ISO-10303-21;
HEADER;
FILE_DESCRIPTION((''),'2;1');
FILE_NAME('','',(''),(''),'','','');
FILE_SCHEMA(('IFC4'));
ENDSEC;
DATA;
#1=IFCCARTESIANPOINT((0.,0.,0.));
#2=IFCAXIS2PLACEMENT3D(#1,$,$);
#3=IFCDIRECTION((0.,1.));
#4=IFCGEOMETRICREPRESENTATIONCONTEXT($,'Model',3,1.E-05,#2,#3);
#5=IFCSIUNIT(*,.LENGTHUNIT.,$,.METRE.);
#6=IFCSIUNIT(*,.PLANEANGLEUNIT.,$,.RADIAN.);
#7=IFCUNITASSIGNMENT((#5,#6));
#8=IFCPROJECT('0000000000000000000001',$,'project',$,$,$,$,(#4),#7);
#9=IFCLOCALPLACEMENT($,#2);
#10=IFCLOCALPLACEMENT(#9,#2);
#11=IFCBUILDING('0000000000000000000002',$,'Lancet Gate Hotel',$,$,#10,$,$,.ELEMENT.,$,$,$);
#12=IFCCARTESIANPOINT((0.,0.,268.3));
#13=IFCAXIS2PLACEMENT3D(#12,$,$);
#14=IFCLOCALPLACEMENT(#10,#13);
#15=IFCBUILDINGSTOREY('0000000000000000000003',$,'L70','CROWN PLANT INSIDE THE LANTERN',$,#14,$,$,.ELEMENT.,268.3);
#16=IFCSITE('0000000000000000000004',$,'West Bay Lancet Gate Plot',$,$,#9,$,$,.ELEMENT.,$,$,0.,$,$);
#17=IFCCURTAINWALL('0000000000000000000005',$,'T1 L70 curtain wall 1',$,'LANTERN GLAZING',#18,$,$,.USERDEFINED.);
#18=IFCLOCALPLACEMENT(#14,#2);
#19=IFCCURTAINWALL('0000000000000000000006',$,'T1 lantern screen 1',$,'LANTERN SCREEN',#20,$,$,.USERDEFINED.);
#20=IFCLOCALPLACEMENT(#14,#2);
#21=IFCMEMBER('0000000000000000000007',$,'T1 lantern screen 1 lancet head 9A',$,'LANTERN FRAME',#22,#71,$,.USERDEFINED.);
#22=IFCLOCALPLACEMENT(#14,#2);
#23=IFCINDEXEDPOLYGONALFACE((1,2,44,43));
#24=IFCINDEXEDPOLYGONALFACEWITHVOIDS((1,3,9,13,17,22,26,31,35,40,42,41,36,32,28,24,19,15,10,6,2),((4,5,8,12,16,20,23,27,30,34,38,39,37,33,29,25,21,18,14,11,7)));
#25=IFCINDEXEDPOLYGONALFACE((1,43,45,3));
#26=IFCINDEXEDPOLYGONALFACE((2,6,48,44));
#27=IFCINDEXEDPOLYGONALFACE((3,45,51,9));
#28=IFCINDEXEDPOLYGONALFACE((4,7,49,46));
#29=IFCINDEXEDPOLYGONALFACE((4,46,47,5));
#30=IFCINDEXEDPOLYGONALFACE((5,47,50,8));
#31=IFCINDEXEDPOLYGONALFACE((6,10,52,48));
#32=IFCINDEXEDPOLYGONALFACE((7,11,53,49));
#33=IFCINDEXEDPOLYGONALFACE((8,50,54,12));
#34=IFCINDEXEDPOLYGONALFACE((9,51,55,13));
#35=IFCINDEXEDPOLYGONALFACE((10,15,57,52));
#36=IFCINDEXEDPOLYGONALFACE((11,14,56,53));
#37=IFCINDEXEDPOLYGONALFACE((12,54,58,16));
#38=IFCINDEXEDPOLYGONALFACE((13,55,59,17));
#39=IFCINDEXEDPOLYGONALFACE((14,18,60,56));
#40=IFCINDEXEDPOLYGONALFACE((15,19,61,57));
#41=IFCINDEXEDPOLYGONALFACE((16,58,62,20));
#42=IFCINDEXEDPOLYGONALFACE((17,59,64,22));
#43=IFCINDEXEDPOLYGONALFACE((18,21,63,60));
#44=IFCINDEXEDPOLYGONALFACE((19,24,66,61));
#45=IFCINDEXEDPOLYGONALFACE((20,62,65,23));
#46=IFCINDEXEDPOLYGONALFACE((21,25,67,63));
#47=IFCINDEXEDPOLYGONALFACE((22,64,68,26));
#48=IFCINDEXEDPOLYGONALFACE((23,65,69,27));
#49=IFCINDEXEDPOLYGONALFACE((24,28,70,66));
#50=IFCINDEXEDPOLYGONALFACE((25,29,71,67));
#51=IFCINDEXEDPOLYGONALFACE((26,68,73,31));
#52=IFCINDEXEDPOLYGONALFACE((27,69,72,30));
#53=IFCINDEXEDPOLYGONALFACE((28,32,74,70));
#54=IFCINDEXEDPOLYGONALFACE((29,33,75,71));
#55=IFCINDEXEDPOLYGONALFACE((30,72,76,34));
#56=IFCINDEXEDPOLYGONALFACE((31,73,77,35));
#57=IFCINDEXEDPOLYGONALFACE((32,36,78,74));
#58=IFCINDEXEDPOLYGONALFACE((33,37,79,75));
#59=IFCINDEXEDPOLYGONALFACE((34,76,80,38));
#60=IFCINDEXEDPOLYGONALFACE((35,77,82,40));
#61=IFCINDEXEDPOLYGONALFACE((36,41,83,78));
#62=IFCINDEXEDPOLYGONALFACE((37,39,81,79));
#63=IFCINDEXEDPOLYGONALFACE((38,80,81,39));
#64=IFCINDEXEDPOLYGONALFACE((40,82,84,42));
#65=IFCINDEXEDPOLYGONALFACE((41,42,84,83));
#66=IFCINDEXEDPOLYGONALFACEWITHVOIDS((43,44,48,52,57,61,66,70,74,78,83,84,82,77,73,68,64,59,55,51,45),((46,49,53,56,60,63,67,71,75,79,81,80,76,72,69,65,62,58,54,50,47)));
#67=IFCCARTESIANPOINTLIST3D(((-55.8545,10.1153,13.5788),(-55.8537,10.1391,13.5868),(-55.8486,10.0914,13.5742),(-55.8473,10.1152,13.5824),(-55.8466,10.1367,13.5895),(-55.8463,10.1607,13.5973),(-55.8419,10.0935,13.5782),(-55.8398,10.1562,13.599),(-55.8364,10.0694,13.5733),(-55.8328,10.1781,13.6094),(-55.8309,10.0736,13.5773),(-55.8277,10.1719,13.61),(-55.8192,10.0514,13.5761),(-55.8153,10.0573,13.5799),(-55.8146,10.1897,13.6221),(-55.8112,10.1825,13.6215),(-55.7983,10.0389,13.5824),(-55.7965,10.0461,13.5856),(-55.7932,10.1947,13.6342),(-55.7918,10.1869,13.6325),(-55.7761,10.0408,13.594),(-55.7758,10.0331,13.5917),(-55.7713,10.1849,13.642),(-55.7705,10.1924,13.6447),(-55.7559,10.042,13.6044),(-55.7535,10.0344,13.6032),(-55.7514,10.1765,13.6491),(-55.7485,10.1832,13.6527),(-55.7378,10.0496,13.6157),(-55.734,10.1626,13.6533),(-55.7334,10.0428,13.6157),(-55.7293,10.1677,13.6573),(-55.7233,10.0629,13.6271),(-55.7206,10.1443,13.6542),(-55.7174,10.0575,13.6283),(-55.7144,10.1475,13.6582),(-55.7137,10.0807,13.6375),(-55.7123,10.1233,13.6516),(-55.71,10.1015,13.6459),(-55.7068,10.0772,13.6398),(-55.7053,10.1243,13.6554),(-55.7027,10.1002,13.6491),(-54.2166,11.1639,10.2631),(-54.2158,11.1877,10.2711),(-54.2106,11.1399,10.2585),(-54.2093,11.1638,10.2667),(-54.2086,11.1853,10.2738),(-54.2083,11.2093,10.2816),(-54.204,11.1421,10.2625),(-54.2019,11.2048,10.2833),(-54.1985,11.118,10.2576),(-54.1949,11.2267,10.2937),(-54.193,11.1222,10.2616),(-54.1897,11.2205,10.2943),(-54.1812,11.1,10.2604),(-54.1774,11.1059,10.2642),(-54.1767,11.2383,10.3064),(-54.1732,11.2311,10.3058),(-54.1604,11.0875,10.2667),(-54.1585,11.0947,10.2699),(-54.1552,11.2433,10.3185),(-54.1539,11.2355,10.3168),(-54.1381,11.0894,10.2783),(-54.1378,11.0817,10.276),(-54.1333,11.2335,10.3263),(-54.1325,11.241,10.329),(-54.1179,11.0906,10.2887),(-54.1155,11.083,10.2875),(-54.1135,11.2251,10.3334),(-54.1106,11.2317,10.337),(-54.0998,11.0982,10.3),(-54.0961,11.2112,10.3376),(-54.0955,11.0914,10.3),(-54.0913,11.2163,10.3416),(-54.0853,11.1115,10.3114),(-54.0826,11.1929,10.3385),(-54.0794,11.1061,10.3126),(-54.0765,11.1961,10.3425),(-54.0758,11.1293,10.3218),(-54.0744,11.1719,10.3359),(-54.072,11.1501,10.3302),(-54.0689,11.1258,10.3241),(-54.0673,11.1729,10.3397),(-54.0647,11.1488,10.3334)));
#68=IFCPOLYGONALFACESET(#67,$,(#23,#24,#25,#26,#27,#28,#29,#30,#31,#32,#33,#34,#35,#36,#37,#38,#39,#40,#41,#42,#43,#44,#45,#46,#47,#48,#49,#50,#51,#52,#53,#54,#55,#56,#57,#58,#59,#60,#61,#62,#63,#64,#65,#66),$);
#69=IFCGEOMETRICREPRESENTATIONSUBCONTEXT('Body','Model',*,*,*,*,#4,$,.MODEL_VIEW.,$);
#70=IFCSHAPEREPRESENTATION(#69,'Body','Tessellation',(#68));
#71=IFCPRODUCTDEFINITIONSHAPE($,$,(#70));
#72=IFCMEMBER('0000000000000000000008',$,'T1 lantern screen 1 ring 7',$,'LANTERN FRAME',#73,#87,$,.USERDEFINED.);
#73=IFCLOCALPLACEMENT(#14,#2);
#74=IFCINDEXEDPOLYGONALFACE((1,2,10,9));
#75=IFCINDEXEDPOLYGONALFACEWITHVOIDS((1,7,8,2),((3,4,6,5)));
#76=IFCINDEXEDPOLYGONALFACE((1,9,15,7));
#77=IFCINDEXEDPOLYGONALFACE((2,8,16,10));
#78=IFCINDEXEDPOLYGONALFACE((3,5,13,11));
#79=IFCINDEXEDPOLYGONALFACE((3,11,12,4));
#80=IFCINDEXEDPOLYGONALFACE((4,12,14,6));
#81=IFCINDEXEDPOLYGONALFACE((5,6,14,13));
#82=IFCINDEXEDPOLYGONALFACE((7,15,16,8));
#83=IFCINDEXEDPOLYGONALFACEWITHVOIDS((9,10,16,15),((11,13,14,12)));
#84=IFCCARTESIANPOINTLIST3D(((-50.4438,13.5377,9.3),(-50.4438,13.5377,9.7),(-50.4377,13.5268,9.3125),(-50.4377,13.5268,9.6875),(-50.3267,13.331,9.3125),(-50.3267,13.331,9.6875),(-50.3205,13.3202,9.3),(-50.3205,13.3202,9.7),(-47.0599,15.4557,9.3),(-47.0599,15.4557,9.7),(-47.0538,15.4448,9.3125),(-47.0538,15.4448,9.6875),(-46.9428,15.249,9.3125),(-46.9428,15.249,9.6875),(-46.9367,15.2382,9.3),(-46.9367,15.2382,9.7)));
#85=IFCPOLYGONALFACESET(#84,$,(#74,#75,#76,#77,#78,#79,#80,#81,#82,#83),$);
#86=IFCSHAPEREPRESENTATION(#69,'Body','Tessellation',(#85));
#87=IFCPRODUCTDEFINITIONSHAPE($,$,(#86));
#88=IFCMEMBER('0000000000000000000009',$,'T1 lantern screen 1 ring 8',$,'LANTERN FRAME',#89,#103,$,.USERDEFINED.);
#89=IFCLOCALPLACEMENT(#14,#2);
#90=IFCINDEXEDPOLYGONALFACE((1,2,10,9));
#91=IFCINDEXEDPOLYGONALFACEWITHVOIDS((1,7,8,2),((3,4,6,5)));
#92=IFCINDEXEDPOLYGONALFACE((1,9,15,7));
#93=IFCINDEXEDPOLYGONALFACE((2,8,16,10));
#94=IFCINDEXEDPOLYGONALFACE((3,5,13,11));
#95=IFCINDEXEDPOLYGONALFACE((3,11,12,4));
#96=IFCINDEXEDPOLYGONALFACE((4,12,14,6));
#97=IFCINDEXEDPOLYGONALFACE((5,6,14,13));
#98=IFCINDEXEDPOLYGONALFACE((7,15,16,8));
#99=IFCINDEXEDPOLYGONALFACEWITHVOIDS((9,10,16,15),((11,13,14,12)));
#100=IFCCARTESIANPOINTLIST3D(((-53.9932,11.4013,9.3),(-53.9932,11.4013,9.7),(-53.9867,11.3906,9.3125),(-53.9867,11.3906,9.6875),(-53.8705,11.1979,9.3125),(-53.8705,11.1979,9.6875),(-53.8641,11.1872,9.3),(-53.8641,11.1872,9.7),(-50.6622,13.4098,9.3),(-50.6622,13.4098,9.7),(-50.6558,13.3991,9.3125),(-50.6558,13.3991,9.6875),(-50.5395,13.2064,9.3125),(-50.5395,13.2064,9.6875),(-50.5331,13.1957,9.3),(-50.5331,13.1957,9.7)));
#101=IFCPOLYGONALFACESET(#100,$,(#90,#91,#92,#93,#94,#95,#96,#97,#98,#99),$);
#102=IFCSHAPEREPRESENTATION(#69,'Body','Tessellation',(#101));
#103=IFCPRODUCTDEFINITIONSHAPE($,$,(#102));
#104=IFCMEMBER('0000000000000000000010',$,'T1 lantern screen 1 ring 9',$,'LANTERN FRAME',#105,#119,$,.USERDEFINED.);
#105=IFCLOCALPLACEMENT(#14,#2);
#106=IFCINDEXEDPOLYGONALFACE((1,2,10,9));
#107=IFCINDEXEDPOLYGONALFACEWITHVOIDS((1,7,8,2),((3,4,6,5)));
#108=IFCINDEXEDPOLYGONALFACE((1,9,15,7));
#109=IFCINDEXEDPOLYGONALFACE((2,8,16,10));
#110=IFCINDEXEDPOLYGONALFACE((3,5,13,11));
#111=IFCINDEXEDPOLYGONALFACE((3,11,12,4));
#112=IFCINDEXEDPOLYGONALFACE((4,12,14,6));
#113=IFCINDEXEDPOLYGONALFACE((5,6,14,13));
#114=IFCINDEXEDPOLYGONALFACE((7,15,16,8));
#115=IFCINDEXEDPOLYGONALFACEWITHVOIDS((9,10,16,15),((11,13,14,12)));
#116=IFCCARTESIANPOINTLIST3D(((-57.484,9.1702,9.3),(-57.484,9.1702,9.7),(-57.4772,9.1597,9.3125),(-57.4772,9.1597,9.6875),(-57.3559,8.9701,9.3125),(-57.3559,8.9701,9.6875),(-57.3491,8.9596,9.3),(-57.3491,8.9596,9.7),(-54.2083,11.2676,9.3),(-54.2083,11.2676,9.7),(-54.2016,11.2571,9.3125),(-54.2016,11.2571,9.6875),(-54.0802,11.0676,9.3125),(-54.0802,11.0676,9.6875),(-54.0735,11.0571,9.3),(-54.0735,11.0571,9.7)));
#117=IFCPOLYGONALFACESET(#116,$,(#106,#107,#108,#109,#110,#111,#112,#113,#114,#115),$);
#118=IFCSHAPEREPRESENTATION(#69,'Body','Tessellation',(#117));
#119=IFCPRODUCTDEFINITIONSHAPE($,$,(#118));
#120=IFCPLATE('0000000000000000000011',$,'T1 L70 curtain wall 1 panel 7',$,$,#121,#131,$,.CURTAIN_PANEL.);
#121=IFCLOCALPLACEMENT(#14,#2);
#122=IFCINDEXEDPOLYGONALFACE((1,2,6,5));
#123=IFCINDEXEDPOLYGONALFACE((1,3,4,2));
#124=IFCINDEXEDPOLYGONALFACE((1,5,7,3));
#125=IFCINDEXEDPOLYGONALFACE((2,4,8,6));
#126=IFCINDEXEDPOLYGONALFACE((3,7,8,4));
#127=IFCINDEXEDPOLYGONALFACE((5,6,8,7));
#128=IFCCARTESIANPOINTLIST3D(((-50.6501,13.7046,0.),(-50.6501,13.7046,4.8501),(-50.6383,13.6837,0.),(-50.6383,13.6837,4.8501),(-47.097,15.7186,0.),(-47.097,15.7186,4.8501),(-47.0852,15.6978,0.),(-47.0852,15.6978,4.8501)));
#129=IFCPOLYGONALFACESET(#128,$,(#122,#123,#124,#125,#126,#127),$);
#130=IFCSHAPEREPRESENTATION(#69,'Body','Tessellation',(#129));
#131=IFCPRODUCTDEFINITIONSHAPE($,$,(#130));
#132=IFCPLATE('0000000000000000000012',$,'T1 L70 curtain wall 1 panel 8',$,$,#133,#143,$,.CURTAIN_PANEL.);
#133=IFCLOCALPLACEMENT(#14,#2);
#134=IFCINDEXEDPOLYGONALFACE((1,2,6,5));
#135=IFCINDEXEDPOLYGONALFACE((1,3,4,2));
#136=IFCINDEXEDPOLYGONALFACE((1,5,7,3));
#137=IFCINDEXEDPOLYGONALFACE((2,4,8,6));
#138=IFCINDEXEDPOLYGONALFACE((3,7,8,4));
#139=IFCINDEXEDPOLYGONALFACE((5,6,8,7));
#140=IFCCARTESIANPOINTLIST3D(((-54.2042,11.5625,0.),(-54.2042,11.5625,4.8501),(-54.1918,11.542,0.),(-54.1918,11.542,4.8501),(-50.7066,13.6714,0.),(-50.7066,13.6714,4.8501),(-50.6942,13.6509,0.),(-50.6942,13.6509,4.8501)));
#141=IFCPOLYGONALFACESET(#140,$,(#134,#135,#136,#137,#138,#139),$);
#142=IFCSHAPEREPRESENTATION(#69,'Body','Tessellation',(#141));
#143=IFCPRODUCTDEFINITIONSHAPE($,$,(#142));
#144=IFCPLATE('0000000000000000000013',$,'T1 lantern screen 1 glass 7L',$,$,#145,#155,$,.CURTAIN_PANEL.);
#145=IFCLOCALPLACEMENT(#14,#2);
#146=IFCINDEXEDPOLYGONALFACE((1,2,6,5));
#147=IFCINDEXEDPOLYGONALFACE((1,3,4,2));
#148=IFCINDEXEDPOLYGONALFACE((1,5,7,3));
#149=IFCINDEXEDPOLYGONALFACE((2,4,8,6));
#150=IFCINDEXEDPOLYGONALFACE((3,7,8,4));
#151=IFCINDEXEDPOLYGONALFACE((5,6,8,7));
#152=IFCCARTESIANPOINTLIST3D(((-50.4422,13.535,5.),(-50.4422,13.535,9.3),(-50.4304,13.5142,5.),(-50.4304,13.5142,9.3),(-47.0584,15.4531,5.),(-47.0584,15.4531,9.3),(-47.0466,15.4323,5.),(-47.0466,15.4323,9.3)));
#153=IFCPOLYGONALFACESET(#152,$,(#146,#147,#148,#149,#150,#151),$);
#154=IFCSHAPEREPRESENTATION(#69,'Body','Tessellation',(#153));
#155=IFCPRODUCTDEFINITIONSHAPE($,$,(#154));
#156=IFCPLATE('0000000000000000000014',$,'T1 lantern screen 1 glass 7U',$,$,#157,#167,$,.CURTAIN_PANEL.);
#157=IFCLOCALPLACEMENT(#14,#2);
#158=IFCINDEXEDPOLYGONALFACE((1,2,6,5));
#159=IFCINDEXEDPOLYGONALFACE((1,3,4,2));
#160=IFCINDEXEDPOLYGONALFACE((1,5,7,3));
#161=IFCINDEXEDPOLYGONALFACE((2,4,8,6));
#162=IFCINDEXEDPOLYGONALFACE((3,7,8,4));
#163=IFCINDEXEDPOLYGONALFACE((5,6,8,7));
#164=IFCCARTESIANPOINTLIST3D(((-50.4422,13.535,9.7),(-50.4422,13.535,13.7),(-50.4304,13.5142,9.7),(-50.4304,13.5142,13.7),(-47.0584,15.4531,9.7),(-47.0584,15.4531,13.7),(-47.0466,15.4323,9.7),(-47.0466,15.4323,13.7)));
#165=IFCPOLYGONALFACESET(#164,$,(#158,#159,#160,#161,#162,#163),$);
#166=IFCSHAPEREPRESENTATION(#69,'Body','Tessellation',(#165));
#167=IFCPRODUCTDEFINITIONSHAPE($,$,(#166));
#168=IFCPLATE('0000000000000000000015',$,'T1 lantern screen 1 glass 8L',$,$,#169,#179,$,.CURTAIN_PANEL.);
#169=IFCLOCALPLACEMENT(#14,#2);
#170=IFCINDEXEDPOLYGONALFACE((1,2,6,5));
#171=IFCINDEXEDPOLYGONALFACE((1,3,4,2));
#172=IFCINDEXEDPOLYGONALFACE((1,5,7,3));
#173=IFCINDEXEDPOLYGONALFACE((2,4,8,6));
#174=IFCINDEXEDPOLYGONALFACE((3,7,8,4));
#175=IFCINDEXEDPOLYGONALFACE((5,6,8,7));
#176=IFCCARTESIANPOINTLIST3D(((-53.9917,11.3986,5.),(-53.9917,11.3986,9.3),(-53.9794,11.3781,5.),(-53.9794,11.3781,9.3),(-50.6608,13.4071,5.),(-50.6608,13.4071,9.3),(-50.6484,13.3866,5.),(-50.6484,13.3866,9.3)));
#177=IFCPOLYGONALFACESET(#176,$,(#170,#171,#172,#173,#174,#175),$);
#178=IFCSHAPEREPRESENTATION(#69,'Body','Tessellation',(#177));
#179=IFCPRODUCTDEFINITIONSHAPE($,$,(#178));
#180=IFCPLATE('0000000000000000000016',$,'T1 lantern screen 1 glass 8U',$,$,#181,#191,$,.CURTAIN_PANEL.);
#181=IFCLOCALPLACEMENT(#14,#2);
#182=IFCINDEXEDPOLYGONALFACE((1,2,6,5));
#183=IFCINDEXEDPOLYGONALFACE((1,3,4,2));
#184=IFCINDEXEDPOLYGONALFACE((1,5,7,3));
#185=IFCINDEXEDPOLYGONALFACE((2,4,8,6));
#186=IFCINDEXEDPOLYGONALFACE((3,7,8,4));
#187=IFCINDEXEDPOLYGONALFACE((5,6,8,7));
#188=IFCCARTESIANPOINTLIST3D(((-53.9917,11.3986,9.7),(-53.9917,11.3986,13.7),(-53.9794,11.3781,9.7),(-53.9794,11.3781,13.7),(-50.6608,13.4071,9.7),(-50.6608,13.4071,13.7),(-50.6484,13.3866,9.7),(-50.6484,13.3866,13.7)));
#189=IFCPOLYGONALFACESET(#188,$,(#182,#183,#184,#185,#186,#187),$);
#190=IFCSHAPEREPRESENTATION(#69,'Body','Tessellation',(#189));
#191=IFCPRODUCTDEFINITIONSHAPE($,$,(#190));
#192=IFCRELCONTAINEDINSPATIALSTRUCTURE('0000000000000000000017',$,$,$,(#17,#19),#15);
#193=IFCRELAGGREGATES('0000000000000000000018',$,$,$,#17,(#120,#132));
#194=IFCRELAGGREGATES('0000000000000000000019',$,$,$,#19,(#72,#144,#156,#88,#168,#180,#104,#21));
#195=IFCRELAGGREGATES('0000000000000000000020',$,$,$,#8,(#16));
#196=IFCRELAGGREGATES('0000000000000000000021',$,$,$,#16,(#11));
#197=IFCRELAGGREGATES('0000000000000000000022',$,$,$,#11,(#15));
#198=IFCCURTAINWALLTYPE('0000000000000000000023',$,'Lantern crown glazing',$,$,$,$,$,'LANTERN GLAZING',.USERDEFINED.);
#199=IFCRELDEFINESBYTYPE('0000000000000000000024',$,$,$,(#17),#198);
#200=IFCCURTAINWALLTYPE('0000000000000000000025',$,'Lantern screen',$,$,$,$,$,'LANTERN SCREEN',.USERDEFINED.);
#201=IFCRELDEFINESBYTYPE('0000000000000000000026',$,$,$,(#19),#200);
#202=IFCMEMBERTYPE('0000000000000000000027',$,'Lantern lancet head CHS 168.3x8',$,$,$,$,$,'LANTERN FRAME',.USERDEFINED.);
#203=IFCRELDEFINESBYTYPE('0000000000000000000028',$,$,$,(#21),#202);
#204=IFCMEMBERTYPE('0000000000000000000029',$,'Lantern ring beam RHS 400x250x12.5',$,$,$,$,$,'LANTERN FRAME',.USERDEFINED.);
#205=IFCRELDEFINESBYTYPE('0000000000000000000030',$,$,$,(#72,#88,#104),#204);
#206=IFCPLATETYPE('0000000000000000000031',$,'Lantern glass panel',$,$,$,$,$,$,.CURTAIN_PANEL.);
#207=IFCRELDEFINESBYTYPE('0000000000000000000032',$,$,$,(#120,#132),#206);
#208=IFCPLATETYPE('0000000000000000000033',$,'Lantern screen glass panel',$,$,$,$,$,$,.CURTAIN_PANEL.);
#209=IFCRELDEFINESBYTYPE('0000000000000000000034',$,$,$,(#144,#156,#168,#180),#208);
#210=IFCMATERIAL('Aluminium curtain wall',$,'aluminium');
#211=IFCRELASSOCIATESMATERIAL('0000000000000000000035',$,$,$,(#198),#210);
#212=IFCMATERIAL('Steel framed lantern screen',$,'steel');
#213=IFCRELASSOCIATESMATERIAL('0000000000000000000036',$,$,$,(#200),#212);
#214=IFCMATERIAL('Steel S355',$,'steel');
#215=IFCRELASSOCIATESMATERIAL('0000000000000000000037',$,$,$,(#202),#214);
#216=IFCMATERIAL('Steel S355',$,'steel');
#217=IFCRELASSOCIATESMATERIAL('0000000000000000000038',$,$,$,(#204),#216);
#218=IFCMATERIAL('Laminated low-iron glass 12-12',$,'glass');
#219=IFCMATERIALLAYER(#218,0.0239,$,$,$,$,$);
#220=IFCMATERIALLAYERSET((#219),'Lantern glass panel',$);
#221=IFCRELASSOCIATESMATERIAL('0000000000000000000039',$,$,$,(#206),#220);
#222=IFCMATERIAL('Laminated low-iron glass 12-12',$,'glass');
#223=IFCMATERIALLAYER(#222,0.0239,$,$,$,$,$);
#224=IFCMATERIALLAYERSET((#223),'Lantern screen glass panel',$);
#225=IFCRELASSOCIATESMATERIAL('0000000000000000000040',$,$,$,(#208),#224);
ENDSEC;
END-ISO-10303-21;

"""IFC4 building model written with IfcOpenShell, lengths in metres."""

from ifc_helpers import new_model, si_unit, direction, frame, origin, origin_2d, place, context, subcontext, project, spatial, rectangle, hollow_rectangle, hollow_circle, extrude, material, layer, layer_set, material_profile, profile_set, type_object, element, aggregate, save


model = new_model("IFC4")

# Units and contexts
model_context = context("Model", 3, precision=1e-05, world=origin(), true_north=direction((0.0, 1.0)))
body_context = subcontext(model_context, "Body", "Model", "MODEL_VIEW")
ifc_project = project(units=[si_unit("LENGTHUNIT", "METRE"), si_unit("PLANEANGLEUNIT", "RADIAN")], contexts=[model_context])

# Site, building, storey
site_placement = place(None, origin())
site = spatial("IfcSite", under=ifc_project, at=site_placement, Name="West Bay Lancet Gate Plot", CompositionType="ELEMENT", RefElevation=0.0)
building_placement = place(site_placement, origin())
building = spatial("IfcBuilding", under=site, at=building_placement, Name="Lancet Gate Hotel", CompositionType="ELEMENT")
storey_placement = place(building_placement, frame((0.0, 0.0, 268.3)))
storey = spatial("IfcBuildingStorey", under=building, at=storey_placement, Name="L70", Description="CROWN PLANT INSIDE THE LANTERN", CompositionType="ELEMENT", Elevation=268.3)

# Curtain wall
ifc_material_1 = material(Name="Aluminium curtain wall", Category="aluminium")
curtain_wall_type_1 = type_object("IfcCurtainWallType", Name="Lantern crown glazing", ElementType="LANTERN GLAZING", PredefinedType="USERDEFINED", material=ifc_material_1)
curtain_wall_1_placement = place(storey_placement, origin())
curtain_wall_1 = element("IfcCurtainWall", 1, at=curtain_wall_1_placement, inside=storey, type_object=curtain_wall_type_1, Name="T1 L70 curtain wall 1", ObjectType="LANTERN GLAZING", PredefinedType="USERDEFINED")

# Curtain wall, members
ifc_material_2 = material(Name="Steel framed lantern screen", Category="steel")
curtain_wall_type_2 = type_object("IfcCurtainWallType", Name="Lantern screen", ElementType="LANTERN SCREEN", PredefinedType="USERDEFINED", material=ifc_material_2)
curtain_wall_2_placement = place(storey_placement, origin())
curtain_wall_2 = element("IfcCurtainWall", 2, at=curtain_wall_2_placement, inside=storey, type_object=curtain_wall_type_2, Name="T1 lantern screen 1", ObjectType="LANTERN SCREEN", PredefinedType="USERDEFINED")
ifc_material_3 = material(Name="Steel S355", Category="steel")
ifc_material_profile_1 = material_profile(ifc_material_3, hollow_circle(Radius=0.0842, WallThickness=0.0081, at=origin_2d()), Name="CHS 168.3x8.0")
ifc_profile_set_1 = profile_set([ifc_material_profile_1], Name="Steel S355")
member_type_1 = type_object("IfcMemberType", Name="Lantern lancet head CHS 168.3x8", ElementType="LANTERN FRAME", PredefinedType="USERDEFINED", material=ifc_profile_set_1)
member_1_placement = place(storey_placement, frame((-54.1409, 11.1624, 10.3), z_axis=(-0.426107, -0.272787, 0.862566), x_axis=(0.539164, -0.842201, 0.0)))
member_1 = element("IfcMember", 3, at=member_1_placement, type_object=member_type_1, Name="T1 lantern screen 1 lancet head 9A", ObjectType="LANTERN FRAME", PredefinedType="USERDEFINED", context=body_context, shape_type="SweptSolid", body=[
    extrude(hollow_circle(Radius=0.0842, WallThickness=0.0081, at=origin_2d()), origin(), (0.0, 0.0, 1.0), 3.844),
])
ifc_material_4 = material(Name="Steel S355", Category="steel")
ifc_material_profile_2 = material_profile(ifc_material_4, hollow_rectangle(XDim=0.25, YDim=0.3999, WallThickness=0.0125, at=origin_2d()), Name="RHS 400x250x12.5")
ifc_profile_set_2 = profile_set([ifc_material_profile_2], Name="Steel S355")
member_type_2 = type_object("IfcMemberType", Name="Lantern ring beam RHS 400x250x12.5", ElementType="LANTERN FRAME", PredefinedType="USERDEFINED", material=ifc_profile_set_2)
member_2_placement = place(storey_placement, frame((-46.9983, 15.3469, 9.5), z_axis=(-0.869968, -0.493108, 0.0), x_axis=(0.493108, -0.869968, 0.0)))
member_2 = element("IfcMember", 4, at=member_2_placement, type_object=member_type_2, Name="T1 lantern screen 1 ring 7", ObjectType="LANTERN FRAME", PredefinedType="USERDEFINED", context=body_context, shape_type="SweptSolid", body=[
    extrude(hollow_rectangle(XDim=0.25, YDim=0.3999, WallThickness=0.0125, at=origin_2d()), origin(), (0.0, 0.0, 1.0), 3.8896),
])
member_3_placement = place(storey_placement, frame((-50.5977, 13.3027, 9.5), z_axis=(-0.856367, -0.516368, 0.0), x_axis=(0.516368, -0.856367, 0.0)))
member_3 = element("IfcMember", 5, at=member_3_placement, type_object=member_type_2, Name="T1 lantern screen 1 ring 8", ObjectType="LANTERN FRAME", PredefinedType="USERDEFINED", context=body_context, shape_type="SweptSolid", body=[
    extrude(hollow_rectangle(XDim=0.25, YDim=0.3999, WallThickness=0.0125, at=origin_2d()), origin(), (0.0, 0.0, 1.0), 3.8896),
])
member_4_placement = place(storey_placement, frame((-54.1409, 11.1624, 9.5), z_axis=(-0.842154, -0.539237, 0.0), x_axis=(0.539237, -0.842154, 0.0)))
member_4 = element("IfcMember", 6, at=member_4_placement, type_object=member_type_2, Name="T1 lantern screen 1 ring 9", ObjectType="LANTERN FRAME", PredefinedType="USERDEFINED", context=body_context, shape_type="SweptSolid", body=[
    extrude(hollow_rectangle(XDim=0.25, YDim=0.3999, WallThickness=0.0125, at=origin_2d()), origin(), (0.0, 0.0, 1.0), 3.8896),
])

# Plates
ifc_material_5 = material(Name="Laminated low-iron glass 12-12", Category="glass")
ifc_layer_1 = layer(ifc_material_5, 0.0239)
ifc_layer_set_1 = layer_set([ifc_layer_1], Name="Lantern glass panel")
plate_type_1 = type_object("IfcPlateType", Name="Lantern glass panel", PredefinedType="CURTAIN_PANEL", material=ifc_layer_set_1)
plate_1_placement = place(storey_placement, frame((-48.8677, 14.7012, 0.0), z_axis=(0.0, 0.0, 1.0), x_axis=(-0.869958, -0.493126, 0.0)))
plate_1 = element("IfcPlate", 7, at=plate_1_placement, type_object=plate_type_1, Name="T1 L70 curtain wall 1 panel 7", PredefinedType="CURTAIN_PANEL", context=body_context, shape_type="SweptSolid", body=[
    extrude(rectangle(XDim=4.0842, YDim=0.0239, at=origin_2d()), origin(), (0.0, 0.0, 1.0), 4.8501),
])
plate_2_placement = place(storey_placement, frame((-52.4492, 12.6067, 0.0), z_axis=(0.0, 0.0, 1.0), x_axis=(-0.85637, -0.516363, 0.0)))
plate_2 = element("IfcPlate", 8, at=plate_2_placement, type_object=plate_type_1, Name="T1 L70 curtain wall 1 panel 8", PredefinedType="CURTAIN_PANEL", context=body_context, shape_type="SweptSolid", body=[
    extrude(rectangle(XDim=4.0842, YDim=0.0239, at=origin_2d()), origin(), (0.0, 0.0, 1.0), 4.8501),
])
aggregate(curtain_wall_1, [plate_1, plate_2])
ifc_material_6 = material(Name="Laminated low-iron glass 12-12", Category="glass")
ifc_layer_2 = layer(ifc_material_6, 0.0239)
ifc_layer_set_2 = layer_set([ifc_layer_2], Name="Lantern screen glass panel")
plate_type_2 = type_object("IfcPlateType", Name="Lantern screen glass panel", PredefinedType="CURTAIN_PANEL", material=ifc_layer_set_2)
plate_3_placement = place(storey_placement, frame((-48.7444, 14.4836, 5.0), z_axis=(0.0, 0.0, 1.0), x_axis=(-0.869958, -0.493126, 0.0)))
plate_3 = element("IfcPlate", 9, at=plate_3_placement, type_object=plate_type_2, Name="T1 lantern screen 1 glass 7L", PredefinedType="CURTAIN_PANEL", context=body_context, shape_type="SweptSolid", body=[
    extrude(rectangle(XDim=3.8896, YDim=0.0239, at=origin_2d()), origin(), (0.0, 0.0, 1.0), 4.3),
])
plate_4_placement = place(storey_placement, frame((-48.7444, 14.4836, 9.7), z_axis=(0.0, 0.0, 1.0), x_axis=(-0.869958, -0.493126, 0.0)))
plate_4 = element("IfcPlate", 10, at=plate_4_placement, type_object=plate_type_2, Name="T1 lantern screen 1 glass 7U", PredefinedType="CURTAIN_PANEL", context=body_context, shape_type="SweptSolid", body=[
    extrude(rectangle(XDim=3.8896, YDim=0.0239, at=origin_2d()), origin(), (0.0, 0.0, 1.0), 4.0),
])
plate_5_placement = place(storey_placement, frame((-52.3201, 12.3926, 5.0), z_axis=(0.0, 0.0, 1.0), x_axis=(-0.85637, -0.516363, 0.0)))
plate_5 = element("IfcPlate", 11, at=plate_5_placement, type_object=plate_type_2, Name="T1 lantern screen 1 glass 8L", PredefinedType="CURTAIN_PANEL", context=body_context, shape_type="SweptSolid", body=[
    extrude(rectangle(XDim=3.8896, YDim=0.0239, at=origin_2d()), origin(), (0.0, 0.0, 1.0), 4.3),
])
plate_6_placement = place(storey_placement, frame((-52.3201, 12.3926, 9.7), z_axis=(0.0, 0.0, 1.0), x_axis=(-0.85637, -0.516363, 0.0)))
plate_6 = element("IfcPlate", 12, at=plate_6_placement, type_object=plate_type_2, Name="T1 lantern screen 1 glass 8U", PredefinedType="CURTAIN_PANEL", context=body_context, shape_type="SweptSolid", body=[
    extrude(rectangle(XDim=3.8896, YDim=0.0239, at=origin_2d()), origin(), (0.0, 0.0, 1.0), 4.0),
])
aggregate(curtain_wall_2, [member_2, plate_3, plate_4, member_3, plate_5, plate_6, member_4, member_1])

save(model, "model.ifc")
